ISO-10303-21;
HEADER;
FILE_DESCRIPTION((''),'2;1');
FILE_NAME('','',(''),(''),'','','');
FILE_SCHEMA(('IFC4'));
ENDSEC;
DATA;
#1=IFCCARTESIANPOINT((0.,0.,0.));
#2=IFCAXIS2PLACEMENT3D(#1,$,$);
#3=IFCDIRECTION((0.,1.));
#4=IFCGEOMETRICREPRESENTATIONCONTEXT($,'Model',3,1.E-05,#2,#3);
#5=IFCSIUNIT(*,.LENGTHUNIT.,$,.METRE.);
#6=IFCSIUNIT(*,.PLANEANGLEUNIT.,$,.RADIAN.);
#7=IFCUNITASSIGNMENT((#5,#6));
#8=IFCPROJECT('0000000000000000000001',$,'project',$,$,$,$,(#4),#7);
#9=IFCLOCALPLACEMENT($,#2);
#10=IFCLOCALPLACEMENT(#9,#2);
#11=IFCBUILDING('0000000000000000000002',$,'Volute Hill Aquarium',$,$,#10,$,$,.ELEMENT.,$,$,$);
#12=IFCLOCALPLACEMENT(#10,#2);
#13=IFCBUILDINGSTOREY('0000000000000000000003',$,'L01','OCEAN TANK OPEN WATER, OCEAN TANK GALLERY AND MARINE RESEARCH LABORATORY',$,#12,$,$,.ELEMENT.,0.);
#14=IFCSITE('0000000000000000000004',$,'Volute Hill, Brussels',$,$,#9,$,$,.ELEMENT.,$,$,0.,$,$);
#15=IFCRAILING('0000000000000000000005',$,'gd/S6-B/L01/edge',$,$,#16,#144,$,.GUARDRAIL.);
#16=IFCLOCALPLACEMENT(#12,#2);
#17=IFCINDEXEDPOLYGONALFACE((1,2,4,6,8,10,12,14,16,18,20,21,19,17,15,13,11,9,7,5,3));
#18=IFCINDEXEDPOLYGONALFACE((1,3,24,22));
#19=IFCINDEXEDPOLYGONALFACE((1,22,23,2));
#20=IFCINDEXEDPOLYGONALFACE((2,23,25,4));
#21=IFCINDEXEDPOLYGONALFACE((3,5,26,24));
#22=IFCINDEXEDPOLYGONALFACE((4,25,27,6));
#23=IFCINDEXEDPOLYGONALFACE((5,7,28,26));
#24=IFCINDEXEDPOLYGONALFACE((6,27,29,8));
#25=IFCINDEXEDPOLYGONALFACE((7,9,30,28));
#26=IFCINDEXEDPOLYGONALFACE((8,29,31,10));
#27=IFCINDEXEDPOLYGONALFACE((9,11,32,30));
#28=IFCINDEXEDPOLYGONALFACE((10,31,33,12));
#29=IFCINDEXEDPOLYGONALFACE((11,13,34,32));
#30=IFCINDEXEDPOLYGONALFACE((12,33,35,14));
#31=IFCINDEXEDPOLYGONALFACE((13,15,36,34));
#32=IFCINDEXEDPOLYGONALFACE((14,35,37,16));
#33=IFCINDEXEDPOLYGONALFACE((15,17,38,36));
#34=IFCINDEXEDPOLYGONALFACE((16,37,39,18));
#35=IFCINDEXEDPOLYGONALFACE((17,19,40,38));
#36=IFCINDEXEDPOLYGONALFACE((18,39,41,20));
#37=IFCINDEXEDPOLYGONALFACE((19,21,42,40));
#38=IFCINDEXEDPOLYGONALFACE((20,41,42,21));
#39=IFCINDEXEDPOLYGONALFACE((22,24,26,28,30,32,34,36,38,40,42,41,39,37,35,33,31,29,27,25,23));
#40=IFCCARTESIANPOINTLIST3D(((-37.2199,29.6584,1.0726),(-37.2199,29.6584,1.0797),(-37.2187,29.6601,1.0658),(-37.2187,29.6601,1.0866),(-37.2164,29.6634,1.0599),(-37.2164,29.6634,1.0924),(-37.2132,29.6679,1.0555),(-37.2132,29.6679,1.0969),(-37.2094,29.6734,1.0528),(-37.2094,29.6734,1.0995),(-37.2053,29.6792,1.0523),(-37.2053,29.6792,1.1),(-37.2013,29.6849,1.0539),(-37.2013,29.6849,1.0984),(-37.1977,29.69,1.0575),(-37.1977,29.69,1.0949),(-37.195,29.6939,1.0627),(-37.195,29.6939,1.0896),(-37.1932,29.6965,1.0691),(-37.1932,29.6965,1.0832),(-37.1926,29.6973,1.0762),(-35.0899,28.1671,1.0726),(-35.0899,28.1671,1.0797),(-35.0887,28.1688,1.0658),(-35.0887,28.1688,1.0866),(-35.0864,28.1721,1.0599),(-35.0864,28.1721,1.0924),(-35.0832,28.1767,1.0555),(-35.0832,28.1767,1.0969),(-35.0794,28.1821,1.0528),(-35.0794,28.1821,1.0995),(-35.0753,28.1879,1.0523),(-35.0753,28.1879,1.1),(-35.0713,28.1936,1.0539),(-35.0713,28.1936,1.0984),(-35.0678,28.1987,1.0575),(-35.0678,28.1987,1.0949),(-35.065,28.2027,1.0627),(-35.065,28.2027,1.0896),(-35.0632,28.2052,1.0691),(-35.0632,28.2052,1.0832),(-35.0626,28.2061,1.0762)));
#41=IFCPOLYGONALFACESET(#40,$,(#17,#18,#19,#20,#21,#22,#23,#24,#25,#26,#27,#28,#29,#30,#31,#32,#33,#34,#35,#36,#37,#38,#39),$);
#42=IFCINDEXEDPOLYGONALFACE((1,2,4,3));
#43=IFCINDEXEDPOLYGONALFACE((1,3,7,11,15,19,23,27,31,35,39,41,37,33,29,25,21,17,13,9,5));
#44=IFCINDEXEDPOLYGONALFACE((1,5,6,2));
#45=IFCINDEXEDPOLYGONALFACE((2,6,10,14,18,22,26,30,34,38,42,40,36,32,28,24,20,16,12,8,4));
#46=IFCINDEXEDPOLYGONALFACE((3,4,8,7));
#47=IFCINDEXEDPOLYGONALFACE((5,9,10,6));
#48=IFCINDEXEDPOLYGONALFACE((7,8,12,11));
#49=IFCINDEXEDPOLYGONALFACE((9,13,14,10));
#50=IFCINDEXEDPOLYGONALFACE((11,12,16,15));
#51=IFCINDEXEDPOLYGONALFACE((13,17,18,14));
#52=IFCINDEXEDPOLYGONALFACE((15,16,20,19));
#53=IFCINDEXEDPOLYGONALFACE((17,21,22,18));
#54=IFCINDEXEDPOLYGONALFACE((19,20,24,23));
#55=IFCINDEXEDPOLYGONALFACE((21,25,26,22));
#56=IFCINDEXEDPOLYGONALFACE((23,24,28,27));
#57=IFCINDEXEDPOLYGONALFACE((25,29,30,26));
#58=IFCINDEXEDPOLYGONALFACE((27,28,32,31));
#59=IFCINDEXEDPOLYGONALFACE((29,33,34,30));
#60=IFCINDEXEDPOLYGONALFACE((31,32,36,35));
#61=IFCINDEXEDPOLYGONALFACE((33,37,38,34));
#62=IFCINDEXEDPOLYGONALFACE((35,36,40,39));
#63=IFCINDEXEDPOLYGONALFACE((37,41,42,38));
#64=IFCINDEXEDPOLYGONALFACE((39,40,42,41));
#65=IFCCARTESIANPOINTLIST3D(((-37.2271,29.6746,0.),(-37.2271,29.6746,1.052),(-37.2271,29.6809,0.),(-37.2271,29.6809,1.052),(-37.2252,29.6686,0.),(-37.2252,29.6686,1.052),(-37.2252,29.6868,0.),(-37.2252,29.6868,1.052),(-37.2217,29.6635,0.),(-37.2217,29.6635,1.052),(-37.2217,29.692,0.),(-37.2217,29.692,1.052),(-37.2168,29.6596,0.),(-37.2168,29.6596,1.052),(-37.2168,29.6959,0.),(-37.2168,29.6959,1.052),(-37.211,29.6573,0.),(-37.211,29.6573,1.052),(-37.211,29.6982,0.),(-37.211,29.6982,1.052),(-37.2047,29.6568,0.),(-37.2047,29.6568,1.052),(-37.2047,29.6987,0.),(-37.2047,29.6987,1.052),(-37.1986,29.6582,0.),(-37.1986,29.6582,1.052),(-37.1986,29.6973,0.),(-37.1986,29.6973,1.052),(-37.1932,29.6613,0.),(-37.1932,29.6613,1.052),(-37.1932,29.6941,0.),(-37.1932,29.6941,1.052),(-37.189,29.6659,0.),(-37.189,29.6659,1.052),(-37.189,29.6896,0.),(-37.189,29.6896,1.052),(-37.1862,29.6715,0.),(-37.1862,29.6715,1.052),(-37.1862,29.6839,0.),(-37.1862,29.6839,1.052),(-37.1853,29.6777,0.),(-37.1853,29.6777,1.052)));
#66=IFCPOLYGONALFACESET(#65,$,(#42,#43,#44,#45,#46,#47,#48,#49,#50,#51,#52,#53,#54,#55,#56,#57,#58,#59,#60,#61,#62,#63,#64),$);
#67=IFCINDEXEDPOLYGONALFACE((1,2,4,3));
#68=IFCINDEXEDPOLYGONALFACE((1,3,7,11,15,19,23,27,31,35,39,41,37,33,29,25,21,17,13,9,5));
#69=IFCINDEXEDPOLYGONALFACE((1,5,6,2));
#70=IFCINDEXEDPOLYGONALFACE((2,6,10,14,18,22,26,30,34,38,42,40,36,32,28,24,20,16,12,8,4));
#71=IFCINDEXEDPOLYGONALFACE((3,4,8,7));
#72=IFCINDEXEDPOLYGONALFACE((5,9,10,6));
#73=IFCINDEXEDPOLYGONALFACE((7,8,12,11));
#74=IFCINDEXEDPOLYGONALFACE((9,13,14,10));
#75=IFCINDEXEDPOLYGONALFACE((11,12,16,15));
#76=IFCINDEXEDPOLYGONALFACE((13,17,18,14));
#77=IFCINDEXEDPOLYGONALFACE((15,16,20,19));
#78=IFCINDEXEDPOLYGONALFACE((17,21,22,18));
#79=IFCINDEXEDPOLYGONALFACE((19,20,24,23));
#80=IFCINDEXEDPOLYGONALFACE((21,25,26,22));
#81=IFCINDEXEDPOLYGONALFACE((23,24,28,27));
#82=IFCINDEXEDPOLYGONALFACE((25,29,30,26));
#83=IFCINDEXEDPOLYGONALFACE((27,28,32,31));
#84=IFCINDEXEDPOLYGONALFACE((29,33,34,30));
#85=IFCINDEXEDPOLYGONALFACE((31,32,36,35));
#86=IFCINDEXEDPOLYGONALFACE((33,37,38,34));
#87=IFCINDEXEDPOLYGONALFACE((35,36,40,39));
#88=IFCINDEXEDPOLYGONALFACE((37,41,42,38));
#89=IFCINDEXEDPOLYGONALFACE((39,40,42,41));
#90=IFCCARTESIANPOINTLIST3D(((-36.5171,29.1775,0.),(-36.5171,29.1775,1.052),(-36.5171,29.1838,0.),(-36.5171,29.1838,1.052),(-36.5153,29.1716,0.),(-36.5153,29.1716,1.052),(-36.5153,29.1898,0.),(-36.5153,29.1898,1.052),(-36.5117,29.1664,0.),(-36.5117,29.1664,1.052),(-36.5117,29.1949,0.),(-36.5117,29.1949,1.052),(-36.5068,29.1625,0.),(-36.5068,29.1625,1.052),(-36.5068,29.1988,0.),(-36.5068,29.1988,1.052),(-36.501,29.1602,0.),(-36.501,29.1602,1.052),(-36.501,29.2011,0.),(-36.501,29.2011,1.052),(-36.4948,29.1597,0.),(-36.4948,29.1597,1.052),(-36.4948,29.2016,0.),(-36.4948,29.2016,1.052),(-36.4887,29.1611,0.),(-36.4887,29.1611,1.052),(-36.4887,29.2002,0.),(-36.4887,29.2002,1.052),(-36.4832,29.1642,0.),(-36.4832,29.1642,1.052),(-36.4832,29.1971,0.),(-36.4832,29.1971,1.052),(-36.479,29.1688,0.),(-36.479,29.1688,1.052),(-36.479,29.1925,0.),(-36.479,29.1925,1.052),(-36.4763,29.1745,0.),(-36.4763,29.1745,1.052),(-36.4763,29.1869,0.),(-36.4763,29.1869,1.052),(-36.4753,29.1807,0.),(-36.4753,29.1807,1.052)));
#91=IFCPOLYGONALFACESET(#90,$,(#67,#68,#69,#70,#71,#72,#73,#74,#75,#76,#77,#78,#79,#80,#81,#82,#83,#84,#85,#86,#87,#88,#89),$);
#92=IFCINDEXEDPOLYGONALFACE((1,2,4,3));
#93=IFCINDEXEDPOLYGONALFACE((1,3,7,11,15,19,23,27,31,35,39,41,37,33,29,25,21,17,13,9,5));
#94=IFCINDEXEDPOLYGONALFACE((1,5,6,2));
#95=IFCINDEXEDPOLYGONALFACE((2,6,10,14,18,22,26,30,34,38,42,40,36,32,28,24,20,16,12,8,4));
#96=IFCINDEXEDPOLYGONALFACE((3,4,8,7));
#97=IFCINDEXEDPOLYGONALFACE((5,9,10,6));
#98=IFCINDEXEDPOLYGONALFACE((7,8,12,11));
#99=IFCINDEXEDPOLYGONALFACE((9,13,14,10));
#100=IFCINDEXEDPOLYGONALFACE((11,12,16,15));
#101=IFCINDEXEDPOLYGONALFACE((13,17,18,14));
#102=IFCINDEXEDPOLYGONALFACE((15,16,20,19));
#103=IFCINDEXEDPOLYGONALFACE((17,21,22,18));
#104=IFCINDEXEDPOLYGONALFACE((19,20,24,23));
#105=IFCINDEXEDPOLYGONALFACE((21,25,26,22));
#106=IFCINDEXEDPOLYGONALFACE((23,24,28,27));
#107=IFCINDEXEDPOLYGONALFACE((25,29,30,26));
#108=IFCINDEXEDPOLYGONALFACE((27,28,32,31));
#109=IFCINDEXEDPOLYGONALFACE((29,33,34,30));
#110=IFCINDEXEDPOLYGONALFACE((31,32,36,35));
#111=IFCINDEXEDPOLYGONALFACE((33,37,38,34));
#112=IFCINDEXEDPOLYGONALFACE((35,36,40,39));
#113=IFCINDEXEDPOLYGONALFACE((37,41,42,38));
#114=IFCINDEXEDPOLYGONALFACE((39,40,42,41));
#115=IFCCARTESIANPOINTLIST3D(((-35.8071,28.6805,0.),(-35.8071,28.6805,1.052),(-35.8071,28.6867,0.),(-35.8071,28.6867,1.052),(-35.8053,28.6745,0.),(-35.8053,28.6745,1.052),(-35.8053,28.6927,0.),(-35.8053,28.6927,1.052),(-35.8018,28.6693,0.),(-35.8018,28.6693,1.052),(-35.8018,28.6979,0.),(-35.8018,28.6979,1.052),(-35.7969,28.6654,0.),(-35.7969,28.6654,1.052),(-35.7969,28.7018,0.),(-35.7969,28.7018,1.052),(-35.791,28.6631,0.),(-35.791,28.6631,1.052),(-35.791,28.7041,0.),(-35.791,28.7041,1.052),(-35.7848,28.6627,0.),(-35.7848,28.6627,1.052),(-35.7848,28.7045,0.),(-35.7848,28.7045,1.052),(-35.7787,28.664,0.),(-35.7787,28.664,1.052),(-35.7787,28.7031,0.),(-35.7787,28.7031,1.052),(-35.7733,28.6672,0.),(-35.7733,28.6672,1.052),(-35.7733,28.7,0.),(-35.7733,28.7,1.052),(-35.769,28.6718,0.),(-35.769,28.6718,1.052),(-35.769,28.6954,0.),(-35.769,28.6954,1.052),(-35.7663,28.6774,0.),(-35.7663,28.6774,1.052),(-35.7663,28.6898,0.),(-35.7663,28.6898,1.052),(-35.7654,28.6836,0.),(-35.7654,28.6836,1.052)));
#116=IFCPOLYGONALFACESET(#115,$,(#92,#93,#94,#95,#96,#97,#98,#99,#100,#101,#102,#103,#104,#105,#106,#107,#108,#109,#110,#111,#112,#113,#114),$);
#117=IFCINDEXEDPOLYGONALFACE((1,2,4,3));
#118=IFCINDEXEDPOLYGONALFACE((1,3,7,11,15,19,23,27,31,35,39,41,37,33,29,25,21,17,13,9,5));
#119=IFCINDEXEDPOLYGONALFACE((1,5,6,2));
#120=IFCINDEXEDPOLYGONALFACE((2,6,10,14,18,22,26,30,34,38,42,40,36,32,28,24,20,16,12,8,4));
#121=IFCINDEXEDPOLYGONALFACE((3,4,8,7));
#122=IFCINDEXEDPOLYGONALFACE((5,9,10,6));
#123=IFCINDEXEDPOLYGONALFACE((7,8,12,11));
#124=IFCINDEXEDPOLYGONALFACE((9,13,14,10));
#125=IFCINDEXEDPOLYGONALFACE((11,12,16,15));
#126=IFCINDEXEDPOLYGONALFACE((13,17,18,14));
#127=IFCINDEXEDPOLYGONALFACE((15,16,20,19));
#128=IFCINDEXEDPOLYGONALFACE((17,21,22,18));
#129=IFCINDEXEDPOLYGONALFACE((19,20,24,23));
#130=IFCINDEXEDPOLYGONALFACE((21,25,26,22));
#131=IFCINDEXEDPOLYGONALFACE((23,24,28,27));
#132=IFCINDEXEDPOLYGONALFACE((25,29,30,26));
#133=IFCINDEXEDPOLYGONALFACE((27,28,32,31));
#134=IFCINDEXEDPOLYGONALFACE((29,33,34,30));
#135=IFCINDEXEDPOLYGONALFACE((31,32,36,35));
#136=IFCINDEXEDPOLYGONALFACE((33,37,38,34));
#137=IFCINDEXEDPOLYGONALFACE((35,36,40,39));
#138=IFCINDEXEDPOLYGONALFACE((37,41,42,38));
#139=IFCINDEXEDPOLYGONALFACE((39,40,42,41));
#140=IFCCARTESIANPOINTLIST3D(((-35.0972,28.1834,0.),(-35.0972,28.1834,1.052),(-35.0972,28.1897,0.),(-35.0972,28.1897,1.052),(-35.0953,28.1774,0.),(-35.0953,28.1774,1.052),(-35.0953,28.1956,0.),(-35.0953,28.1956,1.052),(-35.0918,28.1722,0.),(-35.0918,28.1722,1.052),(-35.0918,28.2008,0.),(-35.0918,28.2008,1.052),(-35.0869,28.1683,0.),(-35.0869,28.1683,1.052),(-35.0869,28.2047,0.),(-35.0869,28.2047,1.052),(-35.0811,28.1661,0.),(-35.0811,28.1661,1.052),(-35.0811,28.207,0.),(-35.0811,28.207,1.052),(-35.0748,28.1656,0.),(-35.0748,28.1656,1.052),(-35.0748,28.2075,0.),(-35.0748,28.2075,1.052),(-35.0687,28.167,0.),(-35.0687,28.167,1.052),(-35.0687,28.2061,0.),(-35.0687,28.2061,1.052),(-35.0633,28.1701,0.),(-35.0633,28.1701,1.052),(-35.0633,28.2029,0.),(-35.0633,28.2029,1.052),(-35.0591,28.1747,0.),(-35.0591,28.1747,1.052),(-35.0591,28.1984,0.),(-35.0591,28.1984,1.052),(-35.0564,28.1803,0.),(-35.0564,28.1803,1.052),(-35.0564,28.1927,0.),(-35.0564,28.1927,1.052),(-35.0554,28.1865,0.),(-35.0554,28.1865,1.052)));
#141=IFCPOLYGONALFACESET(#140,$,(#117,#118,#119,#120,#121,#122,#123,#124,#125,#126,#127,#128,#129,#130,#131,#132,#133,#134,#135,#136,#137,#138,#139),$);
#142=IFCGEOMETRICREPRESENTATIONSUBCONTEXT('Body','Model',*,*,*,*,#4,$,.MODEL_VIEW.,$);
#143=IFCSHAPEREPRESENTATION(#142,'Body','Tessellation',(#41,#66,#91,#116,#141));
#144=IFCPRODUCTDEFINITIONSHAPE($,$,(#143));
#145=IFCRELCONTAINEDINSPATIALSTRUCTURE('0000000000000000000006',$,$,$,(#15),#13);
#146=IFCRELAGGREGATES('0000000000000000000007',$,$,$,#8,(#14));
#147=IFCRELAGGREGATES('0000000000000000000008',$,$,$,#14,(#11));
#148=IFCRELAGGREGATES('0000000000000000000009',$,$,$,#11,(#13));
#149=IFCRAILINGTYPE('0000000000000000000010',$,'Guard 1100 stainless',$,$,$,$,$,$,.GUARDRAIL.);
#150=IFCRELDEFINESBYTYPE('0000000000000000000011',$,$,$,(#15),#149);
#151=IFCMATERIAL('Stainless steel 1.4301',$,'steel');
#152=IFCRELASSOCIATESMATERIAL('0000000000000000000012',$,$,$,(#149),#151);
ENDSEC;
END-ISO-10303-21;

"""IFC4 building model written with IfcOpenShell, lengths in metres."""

from ifc_helpers import new_model, si_unit, direction, frame, origin, origin_2d, place, context, subcontext, project, spatial, circle, extrude, material, type_object, element, save


model = new_model("IFC4")

# Units and contexts
model_context = context("Model", 3, precision=1e-05, world=origin(), true_north=direction((0.0, 1.0)))
body_context = subcontext(model_context, "Body", "Model", "MODEL_VIEW")
ifc_project = project(units=[si_unit("LENGTHUNIT", "METRE"), si_unit("PLANEANGLEUNIT", "RADIAN")], contexts=[model_context])

# Site, building, storey
site_placement = place(None, origin())
site = spatial("IfcSite", under=ifc_project, at=site_placement, Name="Volute Hill, Brussels", CompositionType="ELEMENT", RefElevation=0.0)
building_placement = place(site_placement, origin())
building = spatial("IfcBuilding", under=site, at=building_placement, Name="Volute Hill Aquarium", CompositionType="ELEMENT")
storey_placement = place(building_placement, origin())
storey = spatial("IfcBuildingStorey", under=building, at=storey_placement, Name="L01", Description="OCEAN TANK OPEN WATER, OCEAN TANK GALLERY AND MARINE RESEARCH LABORATORY", CompositionType="ELEMENT", Elevation=0.0)

# Railing
ifc_material_1 = material(Name="Stainless steel 1.4301", Category="steel")
railing_type_1 = type_object("IfcRailingType", Name="Guard 1100 stainless", PredefinedType="GUARDRAIL", material=ifc_material_1)
railing_1_placement = place(storey_placement, frame((-37.2063, 29.6777, 0.0)))
element("IfcRailing", 1, at=railing_1_placement, inside=storey, type_object=railing_type_1, Name="gd/S6-B/L01/edge", PredefinedType="GUARDRAIL", context=body_context, shape_type="SweptSolid", body=[
    extrude(circle(Radius=0.0239, at=origin_2d()), frame((0.0, 0.0, 1.0762), z_axis=(0.819179, -0.573538, 0.0), x_axis=(0.573538, 0.819179, 0.0)), (0.0, 0.0, 1.0), 2.6001),
    extrude(circle(Radius=0.021, at=origin_2d()), origin(), (0.0, 0.0, 1.0), 1.052),
    extrude(circle(Radius=0.021, at=origin_2d()), frame((0.71, -0.4971, 0.0)), (0.0, 0.0, 1.0), 1.052),
    extrude(circle(Radius=0.021, at=origin_2d()), frame((1.4199, -0.9941, 0.0)), (0.0, 0.0, 1.0), 1.052),
    extrude(circle(Radius=0.021, at=origin_2d()), frame((2.1299, -1.4912, 0.0)), (0.0, 0.0, 1.0), 1.052),
])

save(model, "model.ifc")
